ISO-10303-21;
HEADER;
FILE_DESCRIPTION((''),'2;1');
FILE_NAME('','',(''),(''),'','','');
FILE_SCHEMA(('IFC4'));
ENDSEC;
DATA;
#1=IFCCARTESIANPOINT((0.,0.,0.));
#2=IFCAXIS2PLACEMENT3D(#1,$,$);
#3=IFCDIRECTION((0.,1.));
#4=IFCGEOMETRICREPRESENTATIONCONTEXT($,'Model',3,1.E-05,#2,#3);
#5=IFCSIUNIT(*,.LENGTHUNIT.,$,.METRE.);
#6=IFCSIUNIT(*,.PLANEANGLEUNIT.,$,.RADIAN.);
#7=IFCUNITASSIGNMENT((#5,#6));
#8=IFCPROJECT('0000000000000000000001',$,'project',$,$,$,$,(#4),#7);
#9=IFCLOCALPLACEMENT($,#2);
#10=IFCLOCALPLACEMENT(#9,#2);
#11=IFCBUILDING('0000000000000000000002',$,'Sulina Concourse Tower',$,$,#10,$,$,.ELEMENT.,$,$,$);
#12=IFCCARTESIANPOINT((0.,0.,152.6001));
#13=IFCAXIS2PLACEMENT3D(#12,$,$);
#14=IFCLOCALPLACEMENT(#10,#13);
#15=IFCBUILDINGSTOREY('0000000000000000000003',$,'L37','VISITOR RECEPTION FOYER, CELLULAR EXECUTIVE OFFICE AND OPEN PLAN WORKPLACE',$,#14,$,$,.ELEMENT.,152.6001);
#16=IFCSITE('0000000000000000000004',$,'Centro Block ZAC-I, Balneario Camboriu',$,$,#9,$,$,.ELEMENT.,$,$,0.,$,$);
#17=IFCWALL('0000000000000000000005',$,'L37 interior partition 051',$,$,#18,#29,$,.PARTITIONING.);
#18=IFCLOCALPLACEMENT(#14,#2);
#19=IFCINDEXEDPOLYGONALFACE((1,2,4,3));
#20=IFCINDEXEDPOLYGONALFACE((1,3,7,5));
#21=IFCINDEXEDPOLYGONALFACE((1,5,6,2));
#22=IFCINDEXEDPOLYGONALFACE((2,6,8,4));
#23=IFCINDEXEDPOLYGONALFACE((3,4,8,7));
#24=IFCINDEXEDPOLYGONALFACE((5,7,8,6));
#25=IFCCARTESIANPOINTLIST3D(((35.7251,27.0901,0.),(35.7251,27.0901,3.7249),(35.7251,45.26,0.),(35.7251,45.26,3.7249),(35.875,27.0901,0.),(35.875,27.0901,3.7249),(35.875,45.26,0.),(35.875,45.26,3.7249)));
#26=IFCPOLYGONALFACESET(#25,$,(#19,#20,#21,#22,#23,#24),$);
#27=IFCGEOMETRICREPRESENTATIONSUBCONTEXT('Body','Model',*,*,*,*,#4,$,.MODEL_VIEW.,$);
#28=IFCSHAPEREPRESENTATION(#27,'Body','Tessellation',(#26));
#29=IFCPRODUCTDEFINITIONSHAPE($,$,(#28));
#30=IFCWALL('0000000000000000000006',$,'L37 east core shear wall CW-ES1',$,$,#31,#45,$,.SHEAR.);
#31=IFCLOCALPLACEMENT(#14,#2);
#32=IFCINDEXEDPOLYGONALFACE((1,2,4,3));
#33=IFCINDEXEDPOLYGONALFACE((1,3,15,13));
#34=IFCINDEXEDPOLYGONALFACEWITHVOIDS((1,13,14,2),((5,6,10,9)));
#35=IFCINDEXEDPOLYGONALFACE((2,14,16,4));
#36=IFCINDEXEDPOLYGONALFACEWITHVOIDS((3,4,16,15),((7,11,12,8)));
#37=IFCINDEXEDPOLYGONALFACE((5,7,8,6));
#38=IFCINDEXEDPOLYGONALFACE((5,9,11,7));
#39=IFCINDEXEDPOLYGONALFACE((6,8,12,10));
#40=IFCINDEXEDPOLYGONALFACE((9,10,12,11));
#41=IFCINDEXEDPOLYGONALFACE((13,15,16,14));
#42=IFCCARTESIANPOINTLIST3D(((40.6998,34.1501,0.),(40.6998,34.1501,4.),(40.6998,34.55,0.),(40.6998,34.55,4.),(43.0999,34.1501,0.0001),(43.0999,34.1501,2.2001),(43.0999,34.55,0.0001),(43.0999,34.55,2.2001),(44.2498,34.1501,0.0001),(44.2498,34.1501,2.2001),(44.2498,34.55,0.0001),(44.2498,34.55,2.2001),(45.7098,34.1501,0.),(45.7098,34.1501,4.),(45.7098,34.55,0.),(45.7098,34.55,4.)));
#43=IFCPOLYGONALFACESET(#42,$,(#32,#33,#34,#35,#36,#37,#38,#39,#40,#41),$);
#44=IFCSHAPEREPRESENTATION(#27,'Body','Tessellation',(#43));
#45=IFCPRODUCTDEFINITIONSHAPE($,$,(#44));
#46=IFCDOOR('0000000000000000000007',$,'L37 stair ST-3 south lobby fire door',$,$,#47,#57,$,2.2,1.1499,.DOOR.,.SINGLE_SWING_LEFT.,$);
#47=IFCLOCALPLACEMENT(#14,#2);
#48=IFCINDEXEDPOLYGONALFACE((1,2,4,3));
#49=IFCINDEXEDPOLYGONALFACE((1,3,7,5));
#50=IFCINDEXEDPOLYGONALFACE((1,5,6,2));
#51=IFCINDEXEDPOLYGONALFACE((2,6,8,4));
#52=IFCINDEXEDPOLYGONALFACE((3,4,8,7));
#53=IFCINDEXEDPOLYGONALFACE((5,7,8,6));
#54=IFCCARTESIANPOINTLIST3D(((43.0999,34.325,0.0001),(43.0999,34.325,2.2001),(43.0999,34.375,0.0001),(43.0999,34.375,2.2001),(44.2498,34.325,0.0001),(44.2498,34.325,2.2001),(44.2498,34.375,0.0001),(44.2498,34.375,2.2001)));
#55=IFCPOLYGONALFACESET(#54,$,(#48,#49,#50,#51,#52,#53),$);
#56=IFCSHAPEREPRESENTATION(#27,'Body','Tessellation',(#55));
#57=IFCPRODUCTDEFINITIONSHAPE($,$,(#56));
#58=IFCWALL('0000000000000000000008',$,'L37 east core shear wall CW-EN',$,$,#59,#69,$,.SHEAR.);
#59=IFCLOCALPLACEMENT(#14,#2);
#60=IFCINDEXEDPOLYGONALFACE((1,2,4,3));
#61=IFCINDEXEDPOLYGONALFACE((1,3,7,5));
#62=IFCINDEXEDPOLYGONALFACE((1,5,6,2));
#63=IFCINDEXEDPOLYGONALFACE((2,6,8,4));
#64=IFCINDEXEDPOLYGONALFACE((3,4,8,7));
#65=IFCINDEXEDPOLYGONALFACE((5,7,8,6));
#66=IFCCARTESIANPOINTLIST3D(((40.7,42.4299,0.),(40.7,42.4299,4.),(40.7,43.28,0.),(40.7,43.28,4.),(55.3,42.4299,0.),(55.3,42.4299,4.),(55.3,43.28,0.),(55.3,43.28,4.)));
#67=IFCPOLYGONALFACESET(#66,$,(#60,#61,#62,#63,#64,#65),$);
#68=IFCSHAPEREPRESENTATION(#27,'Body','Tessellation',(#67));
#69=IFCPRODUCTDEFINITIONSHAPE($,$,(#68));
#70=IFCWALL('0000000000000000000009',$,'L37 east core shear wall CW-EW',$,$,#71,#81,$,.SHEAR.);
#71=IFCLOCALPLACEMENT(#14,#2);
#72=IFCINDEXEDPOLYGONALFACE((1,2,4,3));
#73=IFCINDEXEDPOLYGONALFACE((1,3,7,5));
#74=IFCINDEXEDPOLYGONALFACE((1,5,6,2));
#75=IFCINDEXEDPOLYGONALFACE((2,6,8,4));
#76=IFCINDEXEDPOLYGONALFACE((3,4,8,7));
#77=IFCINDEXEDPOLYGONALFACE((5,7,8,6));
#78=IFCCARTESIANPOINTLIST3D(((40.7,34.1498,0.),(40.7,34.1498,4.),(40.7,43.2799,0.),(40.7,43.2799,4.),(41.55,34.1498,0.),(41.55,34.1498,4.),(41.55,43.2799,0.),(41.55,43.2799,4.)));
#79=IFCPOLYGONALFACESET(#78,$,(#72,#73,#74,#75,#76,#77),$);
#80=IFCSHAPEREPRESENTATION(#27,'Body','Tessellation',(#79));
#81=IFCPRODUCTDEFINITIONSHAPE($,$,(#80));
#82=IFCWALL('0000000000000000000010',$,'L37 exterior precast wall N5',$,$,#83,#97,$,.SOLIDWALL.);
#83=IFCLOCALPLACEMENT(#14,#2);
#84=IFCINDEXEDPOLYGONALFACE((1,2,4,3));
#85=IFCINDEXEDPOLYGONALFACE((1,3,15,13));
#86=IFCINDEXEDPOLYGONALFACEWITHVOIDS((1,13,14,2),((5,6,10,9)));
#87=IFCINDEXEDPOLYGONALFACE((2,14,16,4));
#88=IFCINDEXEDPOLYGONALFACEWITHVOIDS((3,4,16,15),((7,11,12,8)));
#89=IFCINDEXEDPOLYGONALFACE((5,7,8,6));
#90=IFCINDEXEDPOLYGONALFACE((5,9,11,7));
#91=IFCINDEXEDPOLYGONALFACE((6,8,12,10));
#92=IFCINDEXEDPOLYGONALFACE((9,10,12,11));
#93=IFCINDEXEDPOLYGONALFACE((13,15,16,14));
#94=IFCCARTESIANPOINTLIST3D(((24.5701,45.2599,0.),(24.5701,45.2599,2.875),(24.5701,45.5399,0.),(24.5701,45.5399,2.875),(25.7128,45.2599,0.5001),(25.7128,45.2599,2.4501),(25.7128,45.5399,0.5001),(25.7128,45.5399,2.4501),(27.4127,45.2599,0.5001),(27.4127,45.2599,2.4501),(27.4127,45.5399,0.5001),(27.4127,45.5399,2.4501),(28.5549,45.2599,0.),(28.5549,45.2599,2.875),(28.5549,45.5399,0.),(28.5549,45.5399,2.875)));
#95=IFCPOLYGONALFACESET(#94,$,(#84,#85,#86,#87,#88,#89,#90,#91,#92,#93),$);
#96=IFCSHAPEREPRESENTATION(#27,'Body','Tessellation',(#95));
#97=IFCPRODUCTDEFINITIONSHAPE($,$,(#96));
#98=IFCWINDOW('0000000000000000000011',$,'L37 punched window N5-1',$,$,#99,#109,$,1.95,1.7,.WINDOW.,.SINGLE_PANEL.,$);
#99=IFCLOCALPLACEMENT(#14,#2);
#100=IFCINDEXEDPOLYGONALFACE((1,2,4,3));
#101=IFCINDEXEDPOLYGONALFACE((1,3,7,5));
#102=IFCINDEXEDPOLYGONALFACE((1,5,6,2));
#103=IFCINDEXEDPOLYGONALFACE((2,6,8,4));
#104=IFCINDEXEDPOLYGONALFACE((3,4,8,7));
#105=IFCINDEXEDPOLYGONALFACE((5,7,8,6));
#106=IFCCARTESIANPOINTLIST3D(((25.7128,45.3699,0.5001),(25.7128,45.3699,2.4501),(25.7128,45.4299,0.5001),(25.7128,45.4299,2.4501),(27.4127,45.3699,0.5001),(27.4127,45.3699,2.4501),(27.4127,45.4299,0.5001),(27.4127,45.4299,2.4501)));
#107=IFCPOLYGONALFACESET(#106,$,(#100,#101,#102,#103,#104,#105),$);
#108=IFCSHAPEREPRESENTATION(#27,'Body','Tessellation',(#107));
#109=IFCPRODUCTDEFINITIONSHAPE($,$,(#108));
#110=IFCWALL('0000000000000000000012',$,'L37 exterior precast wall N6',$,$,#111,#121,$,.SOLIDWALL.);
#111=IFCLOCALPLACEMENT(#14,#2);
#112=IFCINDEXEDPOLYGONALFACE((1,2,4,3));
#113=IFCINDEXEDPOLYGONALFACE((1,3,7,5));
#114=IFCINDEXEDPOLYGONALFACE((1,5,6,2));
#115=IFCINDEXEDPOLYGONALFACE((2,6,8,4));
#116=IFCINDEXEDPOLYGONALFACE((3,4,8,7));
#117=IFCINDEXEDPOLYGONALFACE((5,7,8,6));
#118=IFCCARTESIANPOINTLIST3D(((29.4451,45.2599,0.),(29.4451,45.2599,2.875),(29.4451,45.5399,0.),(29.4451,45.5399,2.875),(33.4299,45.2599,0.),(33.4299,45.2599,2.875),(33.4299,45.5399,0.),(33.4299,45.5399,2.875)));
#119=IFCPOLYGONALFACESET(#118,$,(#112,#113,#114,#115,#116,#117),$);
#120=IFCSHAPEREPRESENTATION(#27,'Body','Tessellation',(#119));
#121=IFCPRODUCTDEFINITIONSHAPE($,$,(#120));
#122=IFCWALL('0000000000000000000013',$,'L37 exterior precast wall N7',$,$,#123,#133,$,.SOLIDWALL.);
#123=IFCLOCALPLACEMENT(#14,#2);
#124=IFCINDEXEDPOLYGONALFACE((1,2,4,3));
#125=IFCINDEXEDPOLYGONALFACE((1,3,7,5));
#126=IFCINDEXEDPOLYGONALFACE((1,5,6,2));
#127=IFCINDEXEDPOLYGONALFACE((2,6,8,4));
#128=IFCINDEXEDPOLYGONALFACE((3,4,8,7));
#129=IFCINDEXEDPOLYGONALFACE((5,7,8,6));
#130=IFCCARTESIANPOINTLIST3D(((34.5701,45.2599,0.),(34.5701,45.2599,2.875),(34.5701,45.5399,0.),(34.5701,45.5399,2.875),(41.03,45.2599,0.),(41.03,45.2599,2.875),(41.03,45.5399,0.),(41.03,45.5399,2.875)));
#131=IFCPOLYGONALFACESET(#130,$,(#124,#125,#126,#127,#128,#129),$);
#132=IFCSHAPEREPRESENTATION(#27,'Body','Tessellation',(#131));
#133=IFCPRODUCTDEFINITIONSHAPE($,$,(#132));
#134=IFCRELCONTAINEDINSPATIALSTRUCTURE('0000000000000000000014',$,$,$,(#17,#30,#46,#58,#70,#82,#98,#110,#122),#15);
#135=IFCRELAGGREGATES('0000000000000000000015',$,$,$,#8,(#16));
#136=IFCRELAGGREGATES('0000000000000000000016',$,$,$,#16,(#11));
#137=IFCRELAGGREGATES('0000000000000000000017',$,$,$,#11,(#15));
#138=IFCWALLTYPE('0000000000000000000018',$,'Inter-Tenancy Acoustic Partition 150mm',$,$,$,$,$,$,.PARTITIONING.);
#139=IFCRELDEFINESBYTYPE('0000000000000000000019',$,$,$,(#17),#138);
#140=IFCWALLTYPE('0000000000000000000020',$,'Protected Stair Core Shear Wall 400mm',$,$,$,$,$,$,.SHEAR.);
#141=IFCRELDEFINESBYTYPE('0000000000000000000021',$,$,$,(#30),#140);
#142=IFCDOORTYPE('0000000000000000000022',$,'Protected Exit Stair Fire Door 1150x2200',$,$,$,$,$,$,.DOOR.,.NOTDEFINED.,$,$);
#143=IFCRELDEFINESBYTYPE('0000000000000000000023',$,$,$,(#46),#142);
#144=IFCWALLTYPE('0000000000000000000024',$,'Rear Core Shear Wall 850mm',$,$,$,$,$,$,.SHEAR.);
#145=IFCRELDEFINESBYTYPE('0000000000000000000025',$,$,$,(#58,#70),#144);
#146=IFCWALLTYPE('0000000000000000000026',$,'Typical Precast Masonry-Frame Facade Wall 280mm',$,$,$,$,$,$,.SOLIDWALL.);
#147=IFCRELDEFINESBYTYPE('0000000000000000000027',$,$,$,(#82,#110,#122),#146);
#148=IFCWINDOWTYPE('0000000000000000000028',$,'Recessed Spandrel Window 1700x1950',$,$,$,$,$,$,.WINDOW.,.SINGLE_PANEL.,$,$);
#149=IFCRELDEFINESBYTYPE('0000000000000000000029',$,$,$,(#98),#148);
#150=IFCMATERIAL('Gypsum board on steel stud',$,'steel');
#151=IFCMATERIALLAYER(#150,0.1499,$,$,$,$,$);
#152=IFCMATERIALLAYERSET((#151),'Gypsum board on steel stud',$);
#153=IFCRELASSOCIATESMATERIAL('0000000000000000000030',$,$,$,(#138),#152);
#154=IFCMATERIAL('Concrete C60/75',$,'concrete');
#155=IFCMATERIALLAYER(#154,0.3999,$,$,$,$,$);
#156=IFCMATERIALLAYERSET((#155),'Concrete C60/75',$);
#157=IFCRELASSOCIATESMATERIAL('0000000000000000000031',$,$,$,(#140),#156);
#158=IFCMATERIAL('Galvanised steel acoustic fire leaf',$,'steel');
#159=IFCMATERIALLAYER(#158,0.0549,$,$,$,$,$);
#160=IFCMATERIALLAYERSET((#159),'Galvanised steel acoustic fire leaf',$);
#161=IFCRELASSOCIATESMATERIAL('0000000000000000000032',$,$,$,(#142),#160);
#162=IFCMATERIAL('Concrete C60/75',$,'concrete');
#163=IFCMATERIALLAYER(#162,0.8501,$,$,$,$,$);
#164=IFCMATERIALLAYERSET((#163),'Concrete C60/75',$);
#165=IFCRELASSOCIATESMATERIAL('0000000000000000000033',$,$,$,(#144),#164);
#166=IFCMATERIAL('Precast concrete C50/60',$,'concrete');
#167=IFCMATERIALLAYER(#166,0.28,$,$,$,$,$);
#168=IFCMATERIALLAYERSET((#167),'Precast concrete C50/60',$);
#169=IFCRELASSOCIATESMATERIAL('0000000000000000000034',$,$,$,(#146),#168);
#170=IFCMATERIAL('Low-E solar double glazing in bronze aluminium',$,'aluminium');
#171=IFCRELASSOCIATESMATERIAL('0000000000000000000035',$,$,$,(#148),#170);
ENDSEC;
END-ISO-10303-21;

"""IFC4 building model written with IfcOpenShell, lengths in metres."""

from ifc_helpers import new_model, si_unit, direction, frame, frame_2d, origin, place, context, subcontext, project, spatial, rectangle, extrude, material, layer, layer_set, type_object, element, fill, save


model = new_model("IFC4")

# Units and contexts
model_context = context("Model", 3, precision=1e-05, world=origin(), true_north=direction((0.0, 1.0)))
body_context = subcontext(model_context, "Body", "Model", "MODEL_VIEW")
ifc_project = project(units=[si_unit("LENGTHUNIT", "METRE"), si_unit("PLANEANGLEUNIT", "RADIAN")], contexts=[model_context])

# Site, building, storey
site_placement = place(None, origin())
site = spatial("IfcSite", under=ifc_project, at=site_placement, Name="Centro Block ZAC-I, Balneario Camboriu", CompositionType="ELEMENT", RefElevation=0.0)
building_placement = place(site_placement, origin())
building = spatial("IfcBuilding", under=site, at=building_placement, Name="Sulina Concourse Tower", CompositionType="ELEMENT")
storey_placement = place(building_placement, frame((0.0, 0.0, 152.6001)))
storey = spatial("IfcBuildingStorey", under=building, at=storey_placement, Name="L37", Description="VISITOR RECEPTION FOYER, CELLULAR EXECUTIVE OFFICE AND OPEN PLAN WORKPLACE", CompositionType="ELEMENT", Elevation=152.6001)

# Wall
ifc_material_1 = material(Name="Gypsum board on steel stud", Category="steel")
ifc_layer_1 = layer(ifc_material_1, 0.1499)
ifc_layer_set_1 = layer_set([ifc_layer_1], Name="Gypsum board on steel stud")
wall_type_1 = type_object("IfcWallType", Name="Inter-Tenancy Acoustic Partition 150mm", PredefinedType="PARTITIONING", material=ifc_layer_set_1)
wall_1_placement = place(storey_placement, frame((35.8, 27.0901, 0.0), z_axis=(0.0, 0.0, 1.0), x_axis=(0.0, 1.0, 0.0)))
element("IfcWall", 1, at=wall_1_placement, inside=storey, type_object=wall_type_1, Name="L37 interior partition 051", PredefinedType="PARTITIONING", context=body_context, shape_type="SweptSolid", body=[
    extrude(rectangle(XDim=18.1699, YDim=0.1499, at=frame_2d((9.085, 0.0))), origin(), (0.0, 0.0, 1.0), 3.7249),
])

# Wall, opening, door
ifc_material_2 = material(Name="Concrete C60/75", Category="concrete")
ifc_layer_2 = layer(ifc_material_2, 0.3999)
ifc_layer_set_2 = layer_set([ifc_layer_2], Name="Concrete C60/75")
wall_type_2 = type_object("IfcWallType", Name="Protected Stair Core Shear Wall 400mm", PredefinedType="SHEAR", material=ifc_layer_set_2)
wall_2_placement = place(storey_placement, frame((40.7, 34.3501, 0.0), z_axis=(0.0, 0.0, 1.0), x_axis=(1.0, 0.0, 0.0)))
wall_2 = element("IfcWall", 2, at=wall_2_placement, inside=storey, type_object=wall_type_2, Name="L37 east core shear wall CW-ES1", PredefinedType="SHEAR", context=body_context, shape_type="SweptSolid", body=[
    extrude(rectangle(XDim=5.01, YDim=0.3999, at=frame_2d((2.5049, 0.0))), origin(), (0.0, 0.0, 1.0), 4.0),
])
opening_1_placement = place(wall_2_placement, frame((2.3999, 0.0, 0.0)))
opening_1 = element("IfcOpeningElement", 3, at=opening_1_placement, cuts=wall_2, PredefinedType="OPENING", context=body_context, shape_type="SweptSolid", body=[
    extrude(rectangle(XDim=1.1499, YDim=2.2, at=frame_2d((0.575, 1.1001))), frame((0.0, 0.21, 0.0), z_axis=(0.0, -1.0, 0.0), x_axis=(1.0, 0.0, 0.0)), (0.0, 0.0, 1.0), 0.4199),
])
ifc_material_3 = material(Name="Galvanised steel acoustic fire leaf", Category="steel")
ifc_layer_3 = layer(ifc_material_3, 0.0549)
ifc_layer_set_3 = layer_set([ifc_layer_3], Name="Galvanised steel acoustic fire leaf")
door_type_1 = type_object("IfcDoorType", Name="Protected Exit Stair Fire Door 1150x2200", OperationType="NOTDEFINED", PredefinedType="DOOR", material=ifc_layer_set_3)
door_1_placement = place(opening_1_placement, origin())
door_1 = element("IfcDoor", 4, at=door_1_placement, inside=storey, type_object=door_type_1, Name="L37 stair ST-3 south lobby fire door", OperationType="SINGLE_SWING_LEFT", OverallHeight=2.2, OverallWidth=1.1499, PredefinedType="DOOR", context=body_context, shape_type="SweptSolid", body=[
    extrude(rectangle(XDim=1.1499, YDim=2.2, at=frame_2d((0.575, 1.1001))), frame((0.0, 0.0249, 0.0), z_axis=(0.0, -1.0, 0.0), x_axis=(1.0, 0.0, 0.0)), (0.0, 0.0, 1.0), 0.05),
])
fill(opening_1, door_1)

# Walls
ifc_material_4 = material(Name="Concrete C60/75", Category="concrete")
ifc_layer_4 = layer(ifc_material_4, 0.8501)
ifc_layer_set_4 = layer_set([ifc_layer_4], Name="Concrete C60/75")
wall_type_3 = type_object("IfcWallType", Name="Rear Core Shear Wall 850mm", PredefinedType="SHEAR", material=ifc_layer_set_4)
wall_3_placement = place(storey_placement, frame((40.7, 42.855, 0.0), z_axis=(0.0, 0.0, 1.0), x_axis=(1.0, 0.0, 0.0)))
element("IfcWall", 5, at=wall_3_placement, inside=storey, type_object=wall_type_3, Name="L37 east core shear wall CW-EN", PredefinedType="SHEAR", context=body_context, shape_type="SweptSolid", body=[
    extrude(rectangle(XDim=14.6001, YDim=0.8501, at=frame_2d((7.3, 0.0))), origin(), (0.0, 0.0, 1.0), 4.0),
])
wall_4_placement = place(storey_placement, frame((41.125, 34.1499, 0.0), z_axis=(0.0, 0.0, 1.0), x_axis=(0.0, 1.0, 0.0)))
element("IfcWall", 6, at=wall_4_placement, inside=storey, type_object=wall_type_3, Name="L37 east core shear wall CW-EW", PredefinedType="SHEAR", context=body_context, shape_type="SweptSolid", body=[
    extrude(rectangle(XDim=9.1301, YDim=0.8501, at=frame_2d((4.5649, 0.0))), origin(), (0.0, 0.0, 1.0), 4.0),
])

# Wall, opening, window
ifc_material_5 = material(Name="Precast concrete C50/60", Category="concrete")
ifc_layer_5 = layer(ifc_material_5, 0.28)
ifc_layer_set_5 = layer_set([ifc_layer_5], Name="Precast concrete C50/60")
wall_type_4 = type_object("IfcWallType", Name="Typical Precast Masonry-Frame Facade Wall 280mm", PredefinedType="SOLIDWALL", material=ifc_layer_set_5)
wall_5_placement = place(storey_placement, frame((24.5701, 45.3999, 0.0), z_axis=(0.0, 0.0, 1.0), x_axis=(1.0, 0.0, 0.0)))
wall_5 = element("IfcWall", 7, at=wall_5_placement, inside=storey, type_object=wall_type_4, Name="L37 exterior precast wall N5", PredefinedType="SOLIDWALL", context=body_context, shape_type="SweptSolid", body=[
    extrude(rectangle(XDim=3.9849, YDim=0.28, at=frame_2d((1.9924, 0.0))), origin(), (0.0, 0.0, 1.0), 2.875),
])
opening_2_placement = place(wall_5_placement, frame((1.1426, 0.0, 0.5)))
opening_2 = element("IfcOpeningElement", 8, at=opening_2_placement, cuts=wall_5, PredefinedType="OPENING", context=body_context, shape_type="SweptSolid", body=[
    extrude(rectangle(XDim=1.7, YDim=1.95, at=frame_2d((0.8501, 0.9751))), frame((0.0, 0.1499, 0.0), z_axis=(0.0, -1.0, 0.0), x_axis=(1.0, 0.0, 0.0)), (0.0, 0.0, 1.0), 0.3),
])
ifc_material_6 = material(Name="Low-E solar double glazing in bronze aluminium", Category="aluminium")
window_type = type_object("IfcWindowType", Name="Recessed Spandrel Window 1700x1950", PartitioningType="SINGLE_PANEL", PredefinedType="WINDOW", material=ifc_material_6)
window_placement = place(opening_2_placement, origin())
window = element("IfcWindow", 9, at=window_placement, inside=storey, type_object=window_type, Name="L37 punched window N5-1", OverallHeight=1.95, OverallWidth=1.7, PartitioningType="SINGLE_PANEL", PredefinedType="WINDOW", context=body_context, shape_type="SweptSolid", body=[
    extrude(rectangle(XDim=1.7, YDim=1.95, at=frame_2d((0.8501, 0.9751))), frame((0.0, 0.03, 0.0), z_axis=(0.0, -1.0, 0.0), x_axis=(1.0, 0.0, 0.0)), (0.0, 0.0, 1.0), 0.0601),
])
fill(opening_2, window)

# Walls
wall_6_placement = place(storey_placement, frame((29.4451, 45.3999, 0.0), z_axis=(0.0, 0.0, 1.0), x_axis=(1.0, 0.0, 0.0)))
element("IfcWall", 10, at=wall_6_placement, inside=storey, type_object=wall_type_4, Name="L37 exterior precast wall N6", PredefinedType="SOLIDWALL", context=body_context, shape_type="SweptSolid", body=[
    extrude(rectangle(XDim=3.9849, YDim=0.28, at=frame_2d((1.9924, 0.0))), origin(), (0.0, 0.0, 1.0), 2.875),
])
wall_7_placement = place(storey_placement, frame((34.5701, 45.3999, 0.0), z_axis=(0.0, 0.0, 1.0), x_axis=(1.0, 0.0, 0.0)))
element("IfcWall", 11, at=wall_7_placement, inside=storey, type_object=wall_type_4, Name="L37 exterior precast wall N7", PredefinedType="SOLIDWALL", context=body_context, shape_type="SweptSolid", body=[
    extrude(rectangle(XDim=6.46, YDim=0.28, at=frame_2d((3.23, 0.0))), origin(), (0.0, 0.0, 1.0), 2.875),
])

save(model, "model.ifc")
